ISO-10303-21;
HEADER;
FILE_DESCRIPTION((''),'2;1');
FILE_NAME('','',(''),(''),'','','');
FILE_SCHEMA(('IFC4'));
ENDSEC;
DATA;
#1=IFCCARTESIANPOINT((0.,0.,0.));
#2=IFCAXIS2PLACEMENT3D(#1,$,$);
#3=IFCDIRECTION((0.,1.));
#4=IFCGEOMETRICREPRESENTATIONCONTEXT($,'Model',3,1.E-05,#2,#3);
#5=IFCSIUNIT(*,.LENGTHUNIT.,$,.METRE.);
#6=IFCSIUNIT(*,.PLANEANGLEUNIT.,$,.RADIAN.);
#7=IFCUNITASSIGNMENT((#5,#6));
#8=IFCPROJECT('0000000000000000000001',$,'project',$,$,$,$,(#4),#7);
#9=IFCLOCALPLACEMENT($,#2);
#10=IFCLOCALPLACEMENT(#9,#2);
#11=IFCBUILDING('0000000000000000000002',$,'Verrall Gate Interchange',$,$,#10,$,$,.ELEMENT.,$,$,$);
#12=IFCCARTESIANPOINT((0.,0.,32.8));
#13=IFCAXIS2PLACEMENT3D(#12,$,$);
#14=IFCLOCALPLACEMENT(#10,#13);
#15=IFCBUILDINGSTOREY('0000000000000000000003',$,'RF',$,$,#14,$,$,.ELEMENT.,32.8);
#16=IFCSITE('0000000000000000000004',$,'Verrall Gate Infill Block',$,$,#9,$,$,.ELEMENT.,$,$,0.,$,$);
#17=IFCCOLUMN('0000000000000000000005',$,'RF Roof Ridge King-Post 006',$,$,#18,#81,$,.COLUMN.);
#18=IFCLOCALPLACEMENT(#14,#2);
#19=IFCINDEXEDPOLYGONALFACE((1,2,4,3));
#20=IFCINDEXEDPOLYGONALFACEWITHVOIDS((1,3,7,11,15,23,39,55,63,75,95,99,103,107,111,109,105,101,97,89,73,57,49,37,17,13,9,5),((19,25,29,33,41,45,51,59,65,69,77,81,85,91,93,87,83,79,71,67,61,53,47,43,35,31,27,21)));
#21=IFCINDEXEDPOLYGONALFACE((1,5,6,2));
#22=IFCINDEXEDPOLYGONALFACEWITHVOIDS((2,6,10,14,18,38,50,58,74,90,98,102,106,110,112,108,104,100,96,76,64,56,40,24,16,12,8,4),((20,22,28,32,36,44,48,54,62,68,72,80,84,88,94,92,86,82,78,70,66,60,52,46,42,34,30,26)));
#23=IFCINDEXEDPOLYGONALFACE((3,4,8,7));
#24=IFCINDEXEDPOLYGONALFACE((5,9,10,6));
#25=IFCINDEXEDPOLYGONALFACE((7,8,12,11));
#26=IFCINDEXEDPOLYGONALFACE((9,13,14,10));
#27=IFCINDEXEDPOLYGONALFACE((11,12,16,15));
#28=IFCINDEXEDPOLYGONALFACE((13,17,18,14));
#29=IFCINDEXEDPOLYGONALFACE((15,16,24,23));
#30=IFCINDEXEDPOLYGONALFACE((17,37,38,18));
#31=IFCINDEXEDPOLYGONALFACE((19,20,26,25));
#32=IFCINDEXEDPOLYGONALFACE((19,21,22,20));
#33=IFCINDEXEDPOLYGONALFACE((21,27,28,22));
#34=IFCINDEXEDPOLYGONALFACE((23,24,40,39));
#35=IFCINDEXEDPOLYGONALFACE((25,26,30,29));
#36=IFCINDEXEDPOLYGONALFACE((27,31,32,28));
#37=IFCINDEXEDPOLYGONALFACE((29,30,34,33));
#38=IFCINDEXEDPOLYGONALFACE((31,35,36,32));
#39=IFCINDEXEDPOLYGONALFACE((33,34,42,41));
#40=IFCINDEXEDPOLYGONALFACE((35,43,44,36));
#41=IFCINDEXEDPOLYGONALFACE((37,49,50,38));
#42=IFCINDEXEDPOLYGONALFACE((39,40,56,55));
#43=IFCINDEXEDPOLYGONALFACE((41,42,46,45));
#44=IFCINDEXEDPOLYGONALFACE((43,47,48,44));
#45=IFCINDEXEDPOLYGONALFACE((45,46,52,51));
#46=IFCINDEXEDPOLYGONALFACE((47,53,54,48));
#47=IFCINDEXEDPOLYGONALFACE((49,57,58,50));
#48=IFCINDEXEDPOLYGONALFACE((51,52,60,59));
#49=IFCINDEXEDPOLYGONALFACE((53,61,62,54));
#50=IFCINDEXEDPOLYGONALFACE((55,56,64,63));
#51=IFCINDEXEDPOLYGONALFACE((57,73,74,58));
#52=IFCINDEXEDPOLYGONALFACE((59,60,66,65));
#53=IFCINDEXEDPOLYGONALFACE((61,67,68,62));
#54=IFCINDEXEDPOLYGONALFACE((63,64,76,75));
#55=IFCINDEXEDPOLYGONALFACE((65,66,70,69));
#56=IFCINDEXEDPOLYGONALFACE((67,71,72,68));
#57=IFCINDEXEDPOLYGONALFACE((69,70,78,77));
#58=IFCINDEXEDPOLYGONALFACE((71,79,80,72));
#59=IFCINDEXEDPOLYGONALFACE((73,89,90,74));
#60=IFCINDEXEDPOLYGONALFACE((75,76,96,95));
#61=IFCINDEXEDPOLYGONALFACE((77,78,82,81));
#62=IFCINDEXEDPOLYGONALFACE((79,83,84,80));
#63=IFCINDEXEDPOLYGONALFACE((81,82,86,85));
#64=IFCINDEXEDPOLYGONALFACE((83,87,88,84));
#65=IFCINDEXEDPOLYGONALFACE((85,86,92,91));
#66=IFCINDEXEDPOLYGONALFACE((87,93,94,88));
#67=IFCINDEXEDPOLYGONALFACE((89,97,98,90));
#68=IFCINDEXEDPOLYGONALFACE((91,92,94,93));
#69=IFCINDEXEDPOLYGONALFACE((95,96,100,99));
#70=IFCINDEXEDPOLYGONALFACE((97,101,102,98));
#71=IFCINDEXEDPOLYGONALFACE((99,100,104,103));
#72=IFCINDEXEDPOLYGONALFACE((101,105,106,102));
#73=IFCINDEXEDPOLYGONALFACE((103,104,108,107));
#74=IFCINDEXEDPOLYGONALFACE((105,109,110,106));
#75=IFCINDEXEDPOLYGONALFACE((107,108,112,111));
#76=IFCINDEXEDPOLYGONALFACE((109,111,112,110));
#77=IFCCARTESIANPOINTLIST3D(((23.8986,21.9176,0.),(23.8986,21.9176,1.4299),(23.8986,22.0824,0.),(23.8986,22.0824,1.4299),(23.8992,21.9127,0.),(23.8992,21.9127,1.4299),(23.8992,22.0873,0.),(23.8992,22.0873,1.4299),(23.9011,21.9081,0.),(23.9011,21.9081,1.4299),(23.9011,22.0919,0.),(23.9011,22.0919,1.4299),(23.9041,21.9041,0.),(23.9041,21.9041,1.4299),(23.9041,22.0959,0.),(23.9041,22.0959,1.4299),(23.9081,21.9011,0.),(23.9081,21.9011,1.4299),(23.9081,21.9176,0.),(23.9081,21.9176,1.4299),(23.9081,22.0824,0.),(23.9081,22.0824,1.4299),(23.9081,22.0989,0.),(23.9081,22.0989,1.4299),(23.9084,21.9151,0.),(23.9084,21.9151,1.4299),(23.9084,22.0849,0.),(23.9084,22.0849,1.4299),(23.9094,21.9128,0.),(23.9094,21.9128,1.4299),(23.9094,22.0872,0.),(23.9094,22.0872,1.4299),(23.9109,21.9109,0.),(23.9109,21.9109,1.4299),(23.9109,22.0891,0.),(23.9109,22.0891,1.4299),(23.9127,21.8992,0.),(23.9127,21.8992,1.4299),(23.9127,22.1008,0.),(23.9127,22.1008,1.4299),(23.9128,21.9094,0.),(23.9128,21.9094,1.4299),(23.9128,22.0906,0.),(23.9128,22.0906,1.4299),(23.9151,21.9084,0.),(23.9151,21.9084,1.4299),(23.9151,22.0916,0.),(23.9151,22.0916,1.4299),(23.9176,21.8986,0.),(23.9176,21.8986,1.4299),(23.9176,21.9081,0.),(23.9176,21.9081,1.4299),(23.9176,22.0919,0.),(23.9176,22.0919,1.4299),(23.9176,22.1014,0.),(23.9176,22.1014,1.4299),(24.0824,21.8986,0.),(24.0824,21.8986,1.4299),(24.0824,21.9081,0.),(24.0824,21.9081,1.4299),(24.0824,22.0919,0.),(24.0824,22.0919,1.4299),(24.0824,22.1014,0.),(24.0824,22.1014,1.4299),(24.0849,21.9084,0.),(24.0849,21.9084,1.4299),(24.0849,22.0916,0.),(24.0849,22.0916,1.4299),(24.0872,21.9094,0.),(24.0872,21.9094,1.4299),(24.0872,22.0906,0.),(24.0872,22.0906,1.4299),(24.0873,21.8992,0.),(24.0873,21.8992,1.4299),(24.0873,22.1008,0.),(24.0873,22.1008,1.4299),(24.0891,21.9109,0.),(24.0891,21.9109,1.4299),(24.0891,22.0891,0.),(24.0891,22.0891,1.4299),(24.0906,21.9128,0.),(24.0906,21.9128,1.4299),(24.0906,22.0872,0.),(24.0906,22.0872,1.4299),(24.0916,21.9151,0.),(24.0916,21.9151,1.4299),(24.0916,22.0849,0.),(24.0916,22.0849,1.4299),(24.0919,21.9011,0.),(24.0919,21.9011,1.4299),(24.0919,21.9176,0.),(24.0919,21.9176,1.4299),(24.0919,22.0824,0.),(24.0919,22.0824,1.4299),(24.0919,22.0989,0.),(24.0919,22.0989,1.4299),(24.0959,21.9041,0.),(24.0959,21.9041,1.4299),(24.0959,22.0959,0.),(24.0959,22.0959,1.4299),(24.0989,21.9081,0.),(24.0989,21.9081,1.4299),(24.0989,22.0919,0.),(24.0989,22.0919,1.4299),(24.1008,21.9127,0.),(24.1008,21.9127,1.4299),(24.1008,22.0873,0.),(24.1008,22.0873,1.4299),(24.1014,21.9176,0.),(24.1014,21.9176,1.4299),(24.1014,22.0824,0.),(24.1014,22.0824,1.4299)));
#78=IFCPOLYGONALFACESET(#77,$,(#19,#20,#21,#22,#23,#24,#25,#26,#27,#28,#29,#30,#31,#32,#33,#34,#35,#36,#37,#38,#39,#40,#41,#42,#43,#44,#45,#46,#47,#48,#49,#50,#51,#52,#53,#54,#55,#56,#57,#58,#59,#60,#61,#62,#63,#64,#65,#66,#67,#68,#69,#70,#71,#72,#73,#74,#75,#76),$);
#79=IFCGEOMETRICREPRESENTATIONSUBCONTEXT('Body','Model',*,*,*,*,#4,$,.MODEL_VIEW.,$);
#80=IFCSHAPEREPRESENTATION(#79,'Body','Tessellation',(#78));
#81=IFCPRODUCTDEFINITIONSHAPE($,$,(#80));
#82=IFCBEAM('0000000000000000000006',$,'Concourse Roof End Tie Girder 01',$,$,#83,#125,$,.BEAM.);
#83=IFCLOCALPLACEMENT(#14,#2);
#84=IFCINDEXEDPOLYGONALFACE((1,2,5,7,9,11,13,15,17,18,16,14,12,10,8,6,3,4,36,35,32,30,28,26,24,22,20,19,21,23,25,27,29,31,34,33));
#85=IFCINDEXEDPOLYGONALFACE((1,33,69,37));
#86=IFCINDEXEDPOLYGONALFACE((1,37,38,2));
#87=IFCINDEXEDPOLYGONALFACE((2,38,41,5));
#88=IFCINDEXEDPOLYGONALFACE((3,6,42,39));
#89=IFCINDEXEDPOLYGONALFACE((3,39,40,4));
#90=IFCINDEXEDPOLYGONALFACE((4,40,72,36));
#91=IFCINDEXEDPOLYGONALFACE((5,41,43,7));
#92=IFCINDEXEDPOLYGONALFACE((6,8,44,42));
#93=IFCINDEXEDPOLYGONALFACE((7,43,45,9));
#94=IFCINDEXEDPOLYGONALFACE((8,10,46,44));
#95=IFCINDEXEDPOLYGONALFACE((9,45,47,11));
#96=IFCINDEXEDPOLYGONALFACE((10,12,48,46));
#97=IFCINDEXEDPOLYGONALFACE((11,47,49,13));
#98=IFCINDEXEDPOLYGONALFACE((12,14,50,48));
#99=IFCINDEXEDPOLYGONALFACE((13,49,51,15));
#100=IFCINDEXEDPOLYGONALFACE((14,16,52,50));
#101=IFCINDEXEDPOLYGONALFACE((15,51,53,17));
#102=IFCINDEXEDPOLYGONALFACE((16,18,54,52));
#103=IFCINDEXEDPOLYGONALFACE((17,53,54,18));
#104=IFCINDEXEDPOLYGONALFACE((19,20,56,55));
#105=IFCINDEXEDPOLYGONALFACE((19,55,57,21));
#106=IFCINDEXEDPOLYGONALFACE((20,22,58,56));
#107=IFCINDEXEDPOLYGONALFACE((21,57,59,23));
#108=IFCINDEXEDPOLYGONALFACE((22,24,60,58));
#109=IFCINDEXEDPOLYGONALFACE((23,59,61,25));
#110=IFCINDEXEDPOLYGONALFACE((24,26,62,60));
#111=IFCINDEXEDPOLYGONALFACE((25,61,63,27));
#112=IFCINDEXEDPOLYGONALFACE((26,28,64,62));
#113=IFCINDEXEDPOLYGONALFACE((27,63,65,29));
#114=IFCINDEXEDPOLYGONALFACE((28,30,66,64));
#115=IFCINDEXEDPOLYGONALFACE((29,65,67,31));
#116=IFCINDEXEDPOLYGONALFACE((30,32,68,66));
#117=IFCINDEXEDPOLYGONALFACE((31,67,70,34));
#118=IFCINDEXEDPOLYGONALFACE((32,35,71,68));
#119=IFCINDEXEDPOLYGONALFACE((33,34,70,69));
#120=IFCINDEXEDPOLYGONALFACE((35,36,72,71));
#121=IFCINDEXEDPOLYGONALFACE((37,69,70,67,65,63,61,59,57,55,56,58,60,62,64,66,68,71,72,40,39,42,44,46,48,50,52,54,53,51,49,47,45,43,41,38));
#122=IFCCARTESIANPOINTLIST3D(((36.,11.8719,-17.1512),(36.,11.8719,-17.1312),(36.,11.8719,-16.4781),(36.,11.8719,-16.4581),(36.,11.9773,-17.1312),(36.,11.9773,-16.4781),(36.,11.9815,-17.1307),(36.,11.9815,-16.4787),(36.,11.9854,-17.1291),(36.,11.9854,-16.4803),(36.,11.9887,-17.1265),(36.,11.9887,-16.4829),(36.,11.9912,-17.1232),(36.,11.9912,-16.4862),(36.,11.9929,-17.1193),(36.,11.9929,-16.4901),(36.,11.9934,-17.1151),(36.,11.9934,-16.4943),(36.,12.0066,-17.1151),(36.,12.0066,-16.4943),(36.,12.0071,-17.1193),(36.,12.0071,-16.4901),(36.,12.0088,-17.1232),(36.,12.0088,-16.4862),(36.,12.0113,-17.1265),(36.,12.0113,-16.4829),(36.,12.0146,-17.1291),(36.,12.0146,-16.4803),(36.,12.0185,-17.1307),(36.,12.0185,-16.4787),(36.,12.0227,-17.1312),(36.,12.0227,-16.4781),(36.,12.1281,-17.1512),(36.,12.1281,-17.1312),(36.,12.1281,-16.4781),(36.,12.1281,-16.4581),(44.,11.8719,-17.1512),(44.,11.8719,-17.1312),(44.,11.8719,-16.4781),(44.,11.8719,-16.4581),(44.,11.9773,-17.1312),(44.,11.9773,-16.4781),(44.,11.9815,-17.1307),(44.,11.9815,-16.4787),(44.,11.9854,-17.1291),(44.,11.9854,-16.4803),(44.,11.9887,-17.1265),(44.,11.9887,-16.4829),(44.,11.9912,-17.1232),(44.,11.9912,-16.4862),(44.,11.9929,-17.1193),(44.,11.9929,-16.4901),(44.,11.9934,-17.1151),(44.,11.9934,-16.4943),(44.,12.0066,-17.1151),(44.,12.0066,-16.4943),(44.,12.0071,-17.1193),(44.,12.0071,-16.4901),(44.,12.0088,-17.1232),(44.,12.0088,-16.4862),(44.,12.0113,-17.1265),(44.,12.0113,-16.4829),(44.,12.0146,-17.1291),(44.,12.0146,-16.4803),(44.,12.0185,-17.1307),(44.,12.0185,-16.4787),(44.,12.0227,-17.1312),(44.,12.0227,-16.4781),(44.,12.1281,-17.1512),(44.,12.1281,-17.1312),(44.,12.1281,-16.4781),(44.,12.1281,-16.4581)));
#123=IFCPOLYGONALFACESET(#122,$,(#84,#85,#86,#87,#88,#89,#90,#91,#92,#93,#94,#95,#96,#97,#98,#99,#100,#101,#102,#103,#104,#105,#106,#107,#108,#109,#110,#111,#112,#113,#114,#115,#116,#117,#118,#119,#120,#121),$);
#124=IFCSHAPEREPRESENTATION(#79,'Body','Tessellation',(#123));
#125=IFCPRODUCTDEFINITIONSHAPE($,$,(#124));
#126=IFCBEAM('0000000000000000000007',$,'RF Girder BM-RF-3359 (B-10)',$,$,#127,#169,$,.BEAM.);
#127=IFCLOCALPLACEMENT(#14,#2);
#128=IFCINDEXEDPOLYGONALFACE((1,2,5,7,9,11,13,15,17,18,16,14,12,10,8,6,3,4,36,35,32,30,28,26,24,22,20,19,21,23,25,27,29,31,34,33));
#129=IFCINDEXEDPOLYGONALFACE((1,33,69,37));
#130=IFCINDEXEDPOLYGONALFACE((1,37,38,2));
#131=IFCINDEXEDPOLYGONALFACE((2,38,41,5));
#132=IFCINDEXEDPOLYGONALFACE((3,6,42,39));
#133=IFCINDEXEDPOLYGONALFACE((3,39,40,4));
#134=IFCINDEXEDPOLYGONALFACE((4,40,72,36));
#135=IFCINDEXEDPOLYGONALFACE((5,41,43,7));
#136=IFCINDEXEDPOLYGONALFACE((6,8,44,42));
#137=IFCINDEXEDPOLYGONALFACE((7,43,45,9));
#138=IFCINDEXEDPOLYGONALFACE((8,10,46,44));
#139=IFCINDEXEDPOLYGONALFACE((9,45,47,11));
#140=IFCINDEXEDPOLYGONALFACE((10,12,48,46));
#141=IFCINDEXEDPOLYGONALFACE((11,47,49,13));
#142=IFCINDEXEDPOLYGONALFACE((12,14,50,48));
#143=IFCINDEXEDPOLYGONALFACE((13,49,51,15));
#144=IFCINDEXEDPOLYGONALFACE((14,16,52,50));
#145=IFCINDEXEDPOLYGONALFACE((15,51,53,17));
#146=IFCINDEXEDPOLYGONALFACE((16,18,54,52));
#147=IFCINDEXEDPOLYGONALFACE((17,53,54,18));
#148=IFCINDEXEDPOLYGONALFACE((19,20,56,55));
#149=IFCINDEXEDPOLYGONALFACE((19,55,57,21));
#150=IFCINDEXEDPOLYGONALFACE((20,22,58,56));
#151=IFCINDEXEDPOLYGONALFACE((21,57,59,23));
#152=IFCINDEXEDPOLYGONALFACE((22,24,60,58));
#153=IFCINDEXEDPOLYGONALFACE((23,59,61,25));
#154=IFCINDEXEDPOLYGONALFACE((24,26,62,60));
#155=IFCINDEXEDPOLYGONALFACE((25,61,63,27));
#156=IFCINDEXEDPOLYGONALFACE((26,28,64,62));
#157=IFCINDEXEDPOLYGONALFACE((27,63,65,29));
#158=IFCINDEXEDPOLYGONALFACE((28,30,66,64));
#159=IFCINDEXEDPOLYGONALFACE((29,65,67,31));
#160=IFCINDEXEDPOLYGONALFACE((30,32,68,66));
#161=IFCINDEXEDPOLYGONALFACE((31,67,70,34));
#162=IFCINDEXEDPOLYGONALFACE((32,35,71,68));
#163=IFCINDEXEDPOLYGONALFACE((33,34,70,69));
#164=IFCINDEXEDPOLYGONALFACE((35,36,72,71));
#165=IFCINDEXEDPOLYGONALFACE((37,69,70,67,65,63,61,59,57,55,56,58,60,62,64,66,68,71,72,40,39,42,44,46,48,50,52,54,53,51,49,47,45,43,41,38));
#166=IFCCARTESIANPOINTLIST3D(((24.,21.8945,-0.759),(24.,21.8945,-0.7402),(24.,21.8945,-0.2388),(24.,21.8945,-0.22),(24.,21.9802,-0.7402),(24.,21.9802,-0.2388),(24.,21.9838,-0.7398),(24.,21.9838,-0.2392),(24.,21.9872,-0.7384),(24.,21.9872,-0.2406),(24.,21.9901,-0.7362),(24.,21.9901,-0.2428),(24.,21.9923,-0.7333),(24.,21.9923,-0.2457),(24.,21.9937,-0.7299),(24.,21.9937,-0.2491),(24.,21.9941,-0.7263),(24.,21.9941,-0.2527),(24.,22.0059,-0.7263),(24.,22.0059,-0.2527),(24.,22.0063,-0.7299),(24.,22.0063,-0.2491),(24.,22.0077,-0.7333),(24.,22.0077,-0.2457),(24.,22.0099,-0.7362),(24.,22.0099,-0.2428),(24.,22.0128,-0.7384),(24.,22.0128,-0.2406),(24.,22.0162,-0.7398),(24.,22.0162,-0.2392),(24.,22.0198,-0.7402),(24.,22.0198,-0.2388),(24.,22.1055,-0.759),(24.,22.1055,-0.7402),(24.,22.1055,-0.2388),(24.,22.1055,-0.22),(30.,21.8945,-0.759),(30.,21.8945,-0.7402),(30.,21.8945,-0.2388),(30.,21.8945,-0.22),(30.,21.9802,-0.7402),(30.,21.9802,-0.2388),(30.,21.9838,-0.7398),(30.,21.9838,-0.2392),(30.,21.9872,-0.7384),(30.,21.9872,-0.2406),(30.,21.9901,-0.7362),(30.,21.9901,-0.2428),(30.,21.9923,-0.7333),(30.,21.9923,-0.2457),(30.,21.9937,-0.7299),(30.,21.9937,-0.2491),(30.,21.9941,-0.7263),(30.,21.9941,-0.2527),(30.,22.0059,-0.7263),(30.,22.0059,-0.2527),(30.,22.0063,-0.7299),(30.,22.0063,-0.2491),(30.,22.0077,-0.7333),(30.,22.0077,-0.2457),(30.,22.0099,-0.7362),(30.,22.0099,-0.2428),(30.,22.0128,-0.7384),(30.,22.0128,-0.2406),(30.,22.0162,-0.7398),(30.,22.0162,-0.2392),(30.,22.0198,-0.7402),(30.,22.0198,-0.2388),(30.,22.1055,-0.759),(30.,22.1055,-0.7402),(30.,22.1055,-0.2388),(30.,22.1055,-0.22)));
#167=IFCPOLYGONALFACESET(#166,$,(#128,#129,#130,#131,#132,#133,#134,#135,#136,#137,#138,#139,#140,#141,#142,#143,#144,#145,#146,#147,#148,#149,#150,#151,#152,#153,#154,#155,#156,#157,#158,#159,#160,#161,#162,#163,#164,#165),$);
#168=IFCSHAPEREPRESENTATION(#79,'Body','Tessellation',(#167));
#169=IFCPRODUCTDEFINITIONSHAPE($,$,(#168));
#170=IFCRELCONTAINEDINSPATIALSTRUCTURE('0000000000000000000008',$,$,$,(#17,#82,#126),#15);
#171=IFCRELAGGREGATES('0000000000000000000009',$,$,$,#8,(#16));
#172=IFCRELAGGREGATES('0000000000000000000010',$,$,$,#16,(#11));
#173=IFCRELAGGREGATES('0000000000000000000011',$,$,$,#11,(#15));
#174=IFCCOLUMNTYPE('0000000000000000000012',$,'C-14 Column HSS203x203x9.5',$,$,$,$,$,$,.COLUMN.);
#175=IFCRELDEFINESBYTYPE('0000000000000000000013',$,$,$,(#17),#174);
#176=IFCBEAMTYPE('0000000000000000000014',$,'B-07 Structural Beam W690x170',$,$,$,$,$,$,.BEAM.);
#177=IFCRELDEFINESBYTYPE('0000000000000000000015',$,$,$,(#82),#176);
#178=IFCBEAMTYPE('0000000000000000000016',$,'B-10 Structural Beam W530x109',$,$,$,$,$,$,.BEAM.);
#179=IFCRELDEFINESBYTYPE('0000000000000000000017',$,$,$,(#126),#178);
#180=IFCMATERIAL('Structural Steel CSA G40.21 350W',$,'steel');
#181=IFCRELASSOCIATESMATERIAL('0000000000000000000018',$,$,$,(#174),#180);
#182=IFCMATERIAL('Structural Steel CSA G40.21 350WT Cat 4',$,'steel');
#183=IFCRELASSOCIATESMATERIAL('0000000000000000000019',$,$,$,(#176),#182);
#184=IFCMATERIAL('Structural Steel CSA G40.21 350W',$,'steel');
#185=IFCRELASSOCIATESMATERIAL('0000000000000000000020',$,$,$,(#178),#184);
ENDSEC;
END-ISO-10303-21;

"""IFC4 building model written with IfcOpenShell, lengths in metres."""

from ifc_helpers import new_model, si_unit, direction, frame, origin, origin_2d, place, context, subcontext, project, spatial, hollow_rectangle, i_section, extrude, material, material_profile, profile_set, type_object, element, save


model = new_model("IFC4")

# Units and contexts
model_context = context("Model", 3, precision=1e-05, world=origin(), true_north=direction((0.0, 1.0)))
body_context = subcontext(model_context, "Body", "Model", "MODEL_VIEW")
ifc_project = project(units=[si_unit("LENGTHUNIT", "METRE"), si_unit("PLANEANGLEUNIT", "RADIAN")], contexts=[model_context])

# Site, building, storey
site_placement = place(None, origin())
site = spatial("IfcSite", under=ifc_project, at=site_placement, Name="Verrall Gate Infill Block", CompositionType="ELEMENT", RefElevation=0.0)
building_placement = place(site_placement, origin())
building = spatial("IfcBuilding", under=site, at=building_placement, Name="Verrall Gate Interchange", CompositionType="ELEMENT")
storey_placement = place(building_placement, frame((0.0, 0.0, 32.8)))
storey = spatial("IfcBuildingStorey", under=building, at=storey_placement, Name="RF", CompositionType="ELEMENT", Elevation=32.8)

# Column
ifc_material_1 = material(Name="Structural Steel CSA G40.21 350W", Category="steel")
ifc_material_profile_1 = material_profile(ifc_material_1, hollow_rectangle(XDim=0.2029, YDim=0.2029, WallThickness=0.0095, InnerFilletRadius=0.0095, OuterFilletRadius=0.019, at=origin_2d()), Name="HSS203x203x9.5")
ifc_profile_set_1 = profile_set([ifc_material_profile_1], Name="Structural Steel CSA G40.21 350W")
column_type = type_object("IfcColumnType", Name="C-14 Column HSS203x203x9.5", PredefinedType="COLUMN", material=ifc_profile_set_1)
column_placement = place(storey_placement, frame((24.0, 22.0, 0.0), z_axis=(0.0, 0.0, 1.0), x_axis=(1.0, 0.0, 0.0)))
element("IfcColumn", 1, at=column_placement, inside=storey, type_object=column_type, Name="RF Roof Ridge King-Post 006", PredefinedType="COLUMN", context=body_context, shape_type="SweptSolid", body=[
    extrude(hollow_rectangle(XDim=0.2029, YDim=0.2029, WallThickness=0.0095, InnerFilletRadius=0.0095, OuterFilletRadius=0.019, at=origin_2d()), origin(), (0.0, 0.0, 1.0), 1.4299),
])

# Beams
ifc_material_2 = material(Name="Structural Steel CSA G40.21 350WT Cat 4", Category="steel")
ifc_material_profile_2 = material_profile(ifc_material_2, i_section(OverallWidth=0.2561, OverallDepth=0.6931, WebThickness=0.0132, FlangeThickness=0.02, FilletRadius=0.0161, at=origin_2d()), Name="W690x170")
ifc_profile_set_2 = profile_set([ifc_material_profile_2], Name="Structural Steel CSA G40.21 350WT Cat 4")
beam_type_1 = type_object("IfcBeamType", Name="B-07 Structural Beam W690x170", PredefinedType="BEAM", material=ifc_profile_set_2)
beam_1_placement = place(storey_placement, frame((36.0, 12.0, -16.8047), z_axis=(1.0, 0.0, 0.0), x_axis=(0.0, 1.0, 0.0)))
element("IfcBeam", 2, at=beam_1_placement, inside=storey, type_object=beam_type_1, Name="Concourse Roof End Tie Girder 01", PredefinedType="BEAM", context=body_context, shape_type="SweptSolid", body=[
    extrude(i_section(OverallWidth=0.2561, OverallDepth=0.6931, WebThickness=0.0132, FlangeThickness=0.02, FilletRadius=0.0161, at=origin_2d()), origin(), (0.0, 0.0, 1.0), 8.0),
])
ifc_material_3 = material(Name="Structural Steel CSA G40.21 350W", Category="steel")
ifc_material_profile_3 = material_profile(ifc_material_3, i_section(OverallWidth=0.2109, OverallDepth=0.5391, WebThickness=0.0117, FlangeThickness=0.0188, FilletRadius=0.0139, at=origin_2d()), Name="W530x109")
ifc_profile_set_3 = profile_set([ifc_material_profile_3], Name="Structural Steel CSA G40.21 350W")
beam_type_2 = type_object("IfcBeamType", Name="B-10 Structural Beam W530x109", PredefinedType="BEAM", material=ifc_profile_set_3)
beam_2_placement = place(storey_placement, frame((24.0, 22.0, -0.4895), z_axis=(1.0, 0.0, 0.0), x_axis=(0.0, 1.0, 0.0)))
element("IfcBeam", 3, at=beam_2_placement, inside=storey, type_object=beam_type_2, Name="RF Girder BM-RF-3359 (B-10)", PredefinedType="BEAM", context=body_context, shape_type="SweptSolid", body=[
    extrude(i_section(OverallWidth=0.2109, OverallDepth=0.5391, WebThickness=0.0117, FlangeThickness=0.0188, FilletRadius=0.0139, at=origin_2d()), origin(), (0.0, 0.0, 1.0), 6.0),
])

save(model, "model.ifc")
